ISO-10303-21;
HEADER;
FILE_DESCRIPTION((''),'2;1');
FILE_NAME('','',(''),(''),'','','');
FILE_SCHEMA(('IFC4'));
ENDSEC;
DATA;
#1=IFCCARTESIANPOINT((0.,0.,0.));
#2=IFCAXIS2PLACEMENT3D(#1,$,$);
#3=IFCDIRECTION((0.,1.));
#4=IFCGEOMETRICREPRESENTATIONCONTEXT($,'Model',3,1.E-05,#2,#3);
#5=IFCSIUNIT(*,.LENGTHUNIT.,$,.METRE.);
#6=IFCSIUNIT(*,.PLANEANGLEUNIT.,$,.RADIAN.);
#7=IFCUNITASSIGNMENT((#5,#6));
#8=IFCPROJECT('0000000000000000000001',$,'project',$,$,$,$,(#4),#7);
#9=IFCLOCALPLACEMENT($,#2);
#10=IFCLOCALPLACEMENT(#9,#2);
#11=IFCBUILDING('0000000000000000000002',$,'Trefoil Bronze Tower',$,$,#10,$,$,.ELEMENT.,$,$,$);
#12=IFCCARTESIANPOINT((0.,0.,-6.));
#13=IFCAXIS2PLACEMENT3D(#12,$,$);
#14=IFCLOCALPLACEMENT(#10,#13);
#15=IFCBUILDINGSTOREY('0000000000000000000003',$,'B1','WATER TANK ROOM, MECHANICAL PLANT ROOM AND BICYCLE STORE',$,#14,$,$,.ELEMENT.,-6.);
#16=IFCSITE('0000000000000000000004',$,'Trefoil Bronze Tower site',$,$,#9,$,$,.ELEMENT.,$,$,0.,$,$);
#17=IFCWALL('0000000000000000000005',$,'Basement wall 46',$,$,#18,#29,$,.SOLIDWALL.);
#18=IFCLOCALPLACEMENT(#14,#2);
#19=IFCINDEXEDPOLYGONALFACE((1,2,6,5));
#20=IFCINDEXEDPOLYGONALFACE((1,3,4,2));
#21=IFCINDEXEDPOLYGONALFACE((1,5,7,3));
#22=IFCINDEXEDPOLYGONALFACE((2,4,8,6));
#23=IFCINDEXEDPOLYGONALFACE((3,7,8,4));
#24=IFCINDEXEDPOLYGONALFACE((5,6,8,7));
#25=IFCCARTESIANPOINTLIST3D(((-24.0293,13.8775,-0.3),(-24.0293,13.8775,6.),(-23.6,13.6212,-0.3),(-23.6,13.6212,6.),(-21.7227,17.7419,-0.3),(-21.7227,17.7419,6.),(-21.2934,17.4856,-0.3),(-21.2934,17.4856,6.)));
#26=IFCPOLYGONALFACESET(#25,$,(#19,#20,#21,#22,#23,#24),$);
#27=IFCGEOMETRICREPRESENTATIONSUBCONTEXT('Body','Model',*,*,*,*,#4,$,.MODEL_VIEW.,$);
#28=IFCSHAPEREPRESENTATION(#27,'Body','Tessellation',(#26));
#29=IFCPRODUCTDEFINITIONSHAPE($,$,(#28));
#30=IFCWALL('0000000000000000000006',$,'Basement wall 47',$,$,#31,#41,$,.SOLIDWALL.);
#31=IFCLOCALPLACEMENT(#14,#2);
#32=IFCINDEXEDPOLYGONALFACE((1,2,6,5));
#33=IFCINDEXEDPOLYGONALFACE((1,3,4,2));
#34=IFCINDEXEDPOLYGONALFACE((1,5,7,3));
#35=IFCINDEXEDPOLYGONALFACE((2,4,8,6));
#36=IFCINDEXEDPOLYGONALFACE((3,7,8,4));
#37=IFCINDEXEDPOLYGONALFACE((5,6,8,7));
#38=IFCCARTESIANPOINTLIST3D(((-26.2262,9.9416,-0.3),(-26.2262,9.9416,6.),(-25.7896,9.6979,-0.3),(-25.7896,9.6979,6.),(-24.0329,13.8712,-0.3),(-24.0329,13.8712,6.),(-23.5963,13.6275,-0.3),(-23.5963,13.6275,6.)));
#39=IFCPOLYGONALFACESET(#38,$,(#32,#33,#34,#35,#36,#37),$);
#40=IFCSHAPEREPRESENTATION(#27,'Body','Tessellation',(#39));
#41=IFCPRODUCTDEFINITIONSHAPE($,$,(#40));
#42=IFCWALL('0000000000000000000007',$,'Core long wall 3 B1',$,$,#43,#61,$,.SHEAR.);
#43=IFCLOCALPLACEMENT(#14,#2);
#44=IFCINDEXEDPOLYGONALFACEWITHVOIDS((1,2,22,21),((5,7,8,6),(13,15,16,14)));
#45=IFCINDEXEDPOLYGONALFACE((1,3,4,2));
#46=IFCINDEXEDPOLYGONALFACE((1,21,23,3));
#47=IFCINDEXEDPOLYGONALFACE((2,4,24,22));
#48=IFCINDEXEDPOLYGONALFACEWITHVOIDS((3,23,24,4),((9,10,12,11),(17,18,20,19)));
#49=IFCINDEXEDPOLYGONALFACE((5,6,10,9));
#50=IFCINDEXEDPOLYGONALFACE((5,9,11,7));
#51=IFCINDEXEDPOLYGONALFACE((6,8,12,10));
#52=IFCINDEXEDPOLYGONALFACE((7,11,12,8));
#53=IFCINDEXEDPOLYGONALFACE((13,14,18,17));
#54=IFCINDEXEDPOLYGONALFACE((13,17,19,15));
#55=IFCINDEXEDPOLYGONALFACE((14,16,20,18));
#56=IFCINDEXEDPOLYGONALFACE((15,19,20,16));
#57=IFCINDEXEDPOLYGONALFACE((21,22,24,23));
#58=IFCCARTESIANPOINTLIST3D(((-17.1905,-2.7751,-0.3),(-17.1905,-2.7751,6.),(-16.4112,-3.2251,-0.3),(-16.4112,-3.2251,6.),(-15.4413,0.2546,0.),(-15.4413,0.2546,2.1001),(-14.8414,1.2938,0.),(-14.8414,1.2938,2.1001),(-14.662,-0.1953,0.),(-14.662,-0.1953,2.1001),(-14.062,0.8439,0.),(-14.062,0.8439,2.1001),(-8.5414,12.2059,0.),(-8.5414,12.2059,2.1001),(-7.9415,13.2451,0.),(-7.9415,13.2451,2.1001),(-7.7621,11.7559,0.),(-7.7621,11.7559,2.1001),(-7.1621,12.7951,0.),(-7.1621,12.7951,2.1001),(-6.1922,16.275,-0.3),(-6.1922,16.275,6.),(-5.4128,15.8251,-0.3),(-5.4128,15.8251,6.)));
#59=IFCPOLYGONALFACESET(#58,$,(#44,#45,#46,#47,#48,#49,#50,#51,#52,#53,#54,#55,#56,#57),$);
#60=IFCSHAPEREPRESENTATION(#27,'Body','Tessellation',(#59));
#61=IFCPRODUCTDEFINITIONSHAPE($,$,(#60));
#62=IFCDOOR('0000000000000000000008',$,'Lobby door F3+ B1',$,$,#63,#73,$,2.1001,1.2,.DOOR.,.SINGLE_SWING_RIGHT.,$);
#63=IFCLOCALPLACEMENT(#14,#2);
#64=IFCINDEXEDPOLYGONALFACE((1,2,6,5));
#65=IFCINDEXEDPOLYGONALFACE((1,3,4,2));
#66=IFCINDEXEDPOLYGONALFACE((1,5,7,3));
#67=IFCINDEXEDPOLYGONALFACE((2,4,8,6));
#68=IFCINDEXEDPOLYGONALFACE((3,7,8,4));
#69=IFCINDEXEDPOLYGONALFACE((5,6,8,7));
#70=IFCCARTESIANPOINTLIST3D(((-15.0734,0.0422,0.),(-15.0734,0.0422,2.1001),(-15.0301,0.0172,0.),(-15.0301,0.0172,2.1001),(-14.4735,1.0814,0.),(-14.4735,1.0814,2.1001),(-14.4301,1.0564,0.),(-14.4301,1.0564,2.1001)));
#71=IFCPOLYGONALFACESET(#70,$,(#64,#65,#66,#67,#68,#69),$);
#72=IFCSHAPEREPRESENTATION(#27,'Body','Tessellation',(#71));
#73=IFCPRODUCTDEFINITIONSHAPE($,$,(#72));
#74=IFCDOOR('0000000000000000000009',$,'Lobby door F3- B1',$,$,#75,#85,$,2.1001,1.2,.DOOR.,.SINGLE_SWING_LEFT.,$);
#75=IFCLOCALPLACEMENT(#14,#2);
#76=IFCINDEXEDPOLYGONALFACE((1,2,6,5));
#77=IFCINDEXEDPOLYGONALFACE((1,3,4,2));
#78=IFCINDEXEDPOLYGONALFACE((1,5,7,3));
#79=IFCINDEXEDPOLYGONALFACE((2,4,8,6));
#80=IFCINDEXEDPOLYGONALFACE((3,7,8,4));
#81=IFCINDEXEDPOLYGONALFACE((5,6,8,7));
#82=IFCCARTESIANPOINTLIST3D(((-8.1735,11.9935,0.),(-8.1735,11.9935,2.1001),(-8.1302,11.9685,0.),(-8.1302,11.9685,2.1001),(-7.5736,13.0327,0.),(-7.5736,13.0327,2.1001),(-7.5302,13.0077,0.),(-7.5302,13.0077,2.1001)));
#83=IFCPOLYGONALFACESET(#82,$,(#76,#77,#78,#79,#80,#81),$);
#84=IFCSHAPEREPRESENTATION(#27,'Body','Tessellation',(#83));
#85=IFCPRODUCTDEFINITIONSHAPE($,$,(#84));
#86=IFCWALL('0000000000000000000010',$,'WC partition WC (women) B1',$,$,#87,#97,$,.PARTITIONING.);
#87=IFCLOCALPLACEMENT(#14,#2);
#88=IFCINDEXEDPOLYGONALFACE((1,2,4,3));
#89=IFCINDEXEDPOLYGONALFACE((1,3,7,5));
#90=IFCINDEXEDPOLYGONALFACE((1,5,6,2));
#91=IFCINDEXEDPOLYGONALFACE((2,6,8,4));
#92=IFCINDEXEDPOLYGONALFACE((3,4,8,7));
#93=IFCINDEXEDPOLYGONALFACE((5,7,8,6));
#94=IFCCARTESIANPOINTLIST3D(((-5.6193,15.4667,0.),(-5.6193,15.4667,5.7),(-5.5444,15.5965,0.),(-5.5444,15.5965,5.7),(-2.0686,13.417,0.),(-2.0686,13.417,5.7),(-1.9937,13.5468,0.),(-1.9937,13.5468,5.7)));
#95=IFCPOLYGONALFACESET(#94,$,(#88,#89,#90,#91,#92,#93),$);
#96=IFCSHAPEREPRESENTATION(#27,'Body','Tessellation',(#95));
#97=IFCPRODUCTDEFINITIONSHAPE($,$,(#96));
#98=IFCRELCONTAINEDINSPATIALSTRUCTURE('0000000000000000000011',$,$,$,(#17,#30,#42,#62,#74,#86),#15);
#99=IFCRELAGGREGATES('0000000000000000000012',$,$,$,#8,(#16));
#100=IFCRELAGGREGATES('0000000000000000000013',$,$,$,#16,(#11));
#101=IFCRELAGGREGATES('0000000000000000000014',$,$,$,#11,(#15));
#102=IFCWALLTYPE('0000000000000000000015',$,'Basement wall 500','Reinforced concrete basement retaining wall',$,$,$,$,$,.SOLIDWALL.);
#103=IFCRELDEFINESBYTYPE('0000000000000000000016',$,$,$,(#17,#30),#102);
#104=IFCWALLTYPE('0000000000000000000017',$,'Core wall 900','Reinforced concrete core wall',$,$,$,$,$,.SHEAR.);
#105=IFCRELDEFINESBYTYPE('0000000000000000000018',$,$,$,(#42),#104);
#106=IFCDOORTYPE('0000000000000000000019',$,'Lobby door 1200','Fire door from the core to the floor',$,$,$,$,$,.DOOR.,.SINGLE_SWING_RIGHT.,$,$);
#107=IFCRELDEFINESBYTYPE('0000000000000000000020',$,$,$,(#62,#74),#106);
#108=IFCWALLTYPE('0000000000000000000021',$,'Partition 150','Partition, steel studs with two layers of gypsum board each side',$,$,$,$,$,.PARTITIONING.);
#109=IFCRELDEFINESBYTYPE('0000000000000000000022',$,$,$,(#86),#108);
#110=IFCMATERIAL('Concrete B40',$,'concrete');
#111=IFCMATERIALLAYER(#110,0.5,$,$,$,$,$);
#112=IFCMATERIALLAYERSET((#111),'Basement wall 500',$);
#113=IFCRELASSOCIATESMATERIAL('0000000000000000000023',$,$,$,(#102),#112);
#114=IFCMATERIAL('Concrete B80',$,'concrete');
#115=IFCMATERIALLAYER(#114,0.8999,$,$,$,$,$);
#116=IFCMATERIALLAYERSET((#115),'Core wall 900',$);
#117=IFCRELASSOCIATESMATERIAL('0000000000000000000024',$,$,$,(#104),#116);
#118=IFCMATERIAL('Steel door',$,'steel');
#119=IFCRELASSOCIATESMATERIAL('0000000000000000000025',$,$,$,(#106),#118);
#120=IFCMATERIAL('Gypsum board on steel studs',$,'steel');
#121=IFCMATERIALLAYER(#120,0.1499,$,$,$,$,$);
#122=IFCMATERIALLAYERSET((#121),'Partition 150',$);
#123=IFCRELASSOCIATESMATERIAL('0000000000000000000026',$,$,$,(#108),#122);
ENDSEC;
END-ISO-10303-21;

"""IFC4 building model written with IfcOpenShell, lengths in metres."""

from ifc_helpers import new_model, si_unit, direction, frame, frame_2d, origin, place, context, subcontext, project, spatial, rectangle, extrude, material, layer, layer_set, type_object, element, fill, save


model = new_model("IFC4")

# Units and contexts
model_context = context("Model", 3, precision=1e-05, world=origin(), true_north=direction((0.0, 1.0)))
body_context = subcontext(model_context, "Body", "Model", "MODEL_VIEW")
ifc_project = project(units=[si_unit("LENGTHUNIT", "METRE"), si_unit("PLANEANGLEUNIT", "RADIAN")], contexts=[model_context])

# Site, building, storey
site_placement = place(None, origin())
site = spatial("IfcSite", under=ifc_project, at=site_placement, Name="Trefoil Bronze Tower site", CompositionType="ELEMENT", RefElevation=0.0)
building_placement = place(site_placement, origin())
building = spatial("IfcBuilding", under=site, at=building_placement, Name="Trefoil Bronze Tower", CompositionType="ELEMENT")
storey_placement = place(building_placement, frame((0.0, 0.0, -6.0)))
storey = spatial("IfcBuildingStorey", under=building, at=storey_placement, Name="B1", Description="WATER TANK ROOM, MECHANICAL PLANT ROOM AND BICYCLE STORE", CompositionType="ELEMENT", Elevation=-6.0)

# Walls
ifc_material_1 = material(Name="Concrete B40", Category="concrete")
ifc_layer_1 = layer(ifc_material_1, 0.5)
ifc_layer_set_1 = layer_set([ifc_layer_1], Name="Basement wall 500")
wall_type_1 = type_object("IfcWallType", Name="Basement wall 500", Description="Reinforced concrete basement retaining wall", PredefinedType="SOLIDWALL", material=ifc_layer_set_1)
wall_1_placement = place(storey_placement, frame((-21.5081, 17.6138, -0.3), z_axis=(0.0, 0.0, 1.0), x_axis=(-0.512524, -0.858673, 0.0)))
element("IfcWall", 1, at=wall_1_placement, inside=storey, type_object=wall_type_1, Name="Basement wall 46", PredefinedType="SOLIDWALL", context=body_context, shape_type="SweptSolid", body=[
    extrude(rectangle(XDim=4.5005, YDim=0.5, at=frame_2d((2.2502, 0.0))), origin(), (0.0, 0.0, 1.0), 6.3),
])
wall_2_placement = place(storey_placement, frame((-23.8147, 13.7493, -0.3), z_axis=(0.0, 0.0, 1.0), x_axis=(-0.487374, -0.873193, 0.0)))
element("IfcWall", 2, at=wall_2_placement, inside=storey, type_object=wall_type_1, Name="Basement wall 47", PredefinedType="SOLIDWALL", context=body_context, shape_type="SweptSolid", body=[
    extrude(rectangle(XDim=4.5002, YDim=0.5, at=frame_2d((2.25, 0.0))), origin(), (0.0, 0.0, 1.0), 6.3),
])

# Wall, openings, doors
ifc_material_2 = material(Name="Concrete B80", Category="concrete")
ifc_layer_2 = layer(ifc_material_2, 0.8999)
ifc_layer_set_2 = layer_set([ifc_layer_2], Name="Core wall 900")
wall_type_2 = type_object("IfcWallType", Name="Core wall 900", Description="Reinforced concrete core wall", PredefinedType="SHEAR", material=ifc_layer_set_2)
wall_3_placement = place(storey_placement, frame((-5.8025, 16.05, -0.3), z_axis=(0.0, 0.0, 1.0), x_axis=(-0.499991, -0.866031, 0.0)))
wall_3 = element("IfcWall", 3, at=wall_3_placement, inside=storey, type_object=wall_type_2, Name="Core long wall 3 B1", PredefinedType="SHEAR", context=body_context, shape_type="SweptSolid", body=[
    extrude(rectangle(XDim=21.9971, YDim=0.8999, at=frame_2d((10.9985, 0.0))), origin(), (0.0, 0.0, 1.0), 6.3),
])
opening_1_placement = place(wall_3_placement, frame((17.2986, 0.0, 0.3)))
opening_1 = element("IfcOpeningElement", 4, at=opening_1_placement, cuts=wall_3, PredefinedType="OPENING", context=body_context, shape_type="SweptSolid", body=[
    extrude(rectangle(XDim=1.2, YDim=2.1001, at=frame_2d((0.6001, 1.05))), frame((0.0, 0.46, 0.0), z_axis=(0.0, -1.0, 0.0), x_axis=(1.0, 0.0, 0.0)), (0.0, 0.0, 1.0), 0.9199),
])
opening_2_placement = place(wall_3_placement, frame((3.4985, 0.0, 0.3)))
opening_2 = element("IfcOpeningElement", 5, at=opening_2_placement, cuts=wall_3, PredefinedType="OPENING", context=body_context, shape_type="SweptSolid", body=[
    extrude(rectangle(XDim=1.2, YDim=2.1001, at=frame_2d((0.6001, 1.05))), frame((0.0, 0.46, 0.0), z_axis=(0.0, -1.0, 0.0), x_axis=(1.0, 0.0, 0.0)), (0.0, 0.0, 1.0), 0.9199),
])
ifc_material_3 = material(Name="Steel door", Category="steel")
door_type = type_object("IfcDoorType", Name="Lobby door 1200", Description="Fire door from the core to the floor", OperationType="SINGLE_SWING_RIGHT", PredefinedType="DOOR", material=ifc_material_3)
door_1_placement = place(opening_1_placement, origin())
door_1 = element("IfcDoor", 6, at=door_1_placement, inside=storey, type_object=door_type, Name="Lobby door F3+ B1", OperationType="SINGLE_SWING_RIGHT", OverallHeight=2.1001, OverallWidth=1.2, PredefinedType="DOOR", context=body_context, shape_type="SweptSolid", body=[
    extrude(rectangle(XDim=1.2, YDim=2.1001, at=frame_2d((0.6001, 1.05))), frame((0.0, 0.0249, 0.0), z_axis=(0.0, -1.0, 0.0), x_axis=(1.0, 0.0, 0.0)), (0.0, 0.0, 1.0), 0.05),
])
fill(opening_1, door_1)
door_2_placement = place(opening_2_placement, origin())
door_2 = element("IfcDoor", 7, at=door_2_placement, inside=storey, type_object=door_type, Name="Lobby door F3- B1", OperationType="SINGLE_SWING_LEFT", OverallHeight=2.1001, OverallWidth=1.2, PredefinedType="DOOR", context=body_context, shape_type="SweptSolid", body=[
    extrude(rectangle(XDim=1.2, YDim=2.1001, at=frame_2d((0.6001, 1.05))), frame((0.0, 0.0249, 0.0), z_axis=(0.0, -1.0, 0.0), x_axis=(1.0, 0.0, 0.0)), (0.0, 0.0, 1.0), 0.05),
])
fill(opening_2, door_2)

# Wall
ifc_material_4 = material(Name="Gypsum board on steel studs", Category="steel")
ifc_layer_3 = layer(ifc_material_4, 0.1499)
ifc_layer_set_3 = layer_set([ifc_layer_3], Name="Partition 150")
wall_type_3 = type_object("IfcWallType", Name="Partition 150", Description="Partition, steel studs with two layers of gypsum board each side", PredefinedType="PARTITIONING", material=ifc_layer_set_3)
wall_4_placement = place(storey_placement, frame((-2.0312, 13.4819, 0.0), z_axis=(0.0, 0.0, 1.0), x_axis=(-0.866051, 0.499956, 0.0)))
element("IfcWall", 8, at=wall_4_placement, inside=storey, type_object=wall_type_3, Name="WC partition WC (women) B1", PredefinedType="PARTITIONING", context=body_context, shape_type="SweptSolid", body=[
    extrude(rectangle(XDim=4.0999, YDim=0.1499, at=frame_2d((2.0498, 0.0))), origin(), (0.0, 0.0, 1.0), 5.7),
])

save(model, "model.ifc")
